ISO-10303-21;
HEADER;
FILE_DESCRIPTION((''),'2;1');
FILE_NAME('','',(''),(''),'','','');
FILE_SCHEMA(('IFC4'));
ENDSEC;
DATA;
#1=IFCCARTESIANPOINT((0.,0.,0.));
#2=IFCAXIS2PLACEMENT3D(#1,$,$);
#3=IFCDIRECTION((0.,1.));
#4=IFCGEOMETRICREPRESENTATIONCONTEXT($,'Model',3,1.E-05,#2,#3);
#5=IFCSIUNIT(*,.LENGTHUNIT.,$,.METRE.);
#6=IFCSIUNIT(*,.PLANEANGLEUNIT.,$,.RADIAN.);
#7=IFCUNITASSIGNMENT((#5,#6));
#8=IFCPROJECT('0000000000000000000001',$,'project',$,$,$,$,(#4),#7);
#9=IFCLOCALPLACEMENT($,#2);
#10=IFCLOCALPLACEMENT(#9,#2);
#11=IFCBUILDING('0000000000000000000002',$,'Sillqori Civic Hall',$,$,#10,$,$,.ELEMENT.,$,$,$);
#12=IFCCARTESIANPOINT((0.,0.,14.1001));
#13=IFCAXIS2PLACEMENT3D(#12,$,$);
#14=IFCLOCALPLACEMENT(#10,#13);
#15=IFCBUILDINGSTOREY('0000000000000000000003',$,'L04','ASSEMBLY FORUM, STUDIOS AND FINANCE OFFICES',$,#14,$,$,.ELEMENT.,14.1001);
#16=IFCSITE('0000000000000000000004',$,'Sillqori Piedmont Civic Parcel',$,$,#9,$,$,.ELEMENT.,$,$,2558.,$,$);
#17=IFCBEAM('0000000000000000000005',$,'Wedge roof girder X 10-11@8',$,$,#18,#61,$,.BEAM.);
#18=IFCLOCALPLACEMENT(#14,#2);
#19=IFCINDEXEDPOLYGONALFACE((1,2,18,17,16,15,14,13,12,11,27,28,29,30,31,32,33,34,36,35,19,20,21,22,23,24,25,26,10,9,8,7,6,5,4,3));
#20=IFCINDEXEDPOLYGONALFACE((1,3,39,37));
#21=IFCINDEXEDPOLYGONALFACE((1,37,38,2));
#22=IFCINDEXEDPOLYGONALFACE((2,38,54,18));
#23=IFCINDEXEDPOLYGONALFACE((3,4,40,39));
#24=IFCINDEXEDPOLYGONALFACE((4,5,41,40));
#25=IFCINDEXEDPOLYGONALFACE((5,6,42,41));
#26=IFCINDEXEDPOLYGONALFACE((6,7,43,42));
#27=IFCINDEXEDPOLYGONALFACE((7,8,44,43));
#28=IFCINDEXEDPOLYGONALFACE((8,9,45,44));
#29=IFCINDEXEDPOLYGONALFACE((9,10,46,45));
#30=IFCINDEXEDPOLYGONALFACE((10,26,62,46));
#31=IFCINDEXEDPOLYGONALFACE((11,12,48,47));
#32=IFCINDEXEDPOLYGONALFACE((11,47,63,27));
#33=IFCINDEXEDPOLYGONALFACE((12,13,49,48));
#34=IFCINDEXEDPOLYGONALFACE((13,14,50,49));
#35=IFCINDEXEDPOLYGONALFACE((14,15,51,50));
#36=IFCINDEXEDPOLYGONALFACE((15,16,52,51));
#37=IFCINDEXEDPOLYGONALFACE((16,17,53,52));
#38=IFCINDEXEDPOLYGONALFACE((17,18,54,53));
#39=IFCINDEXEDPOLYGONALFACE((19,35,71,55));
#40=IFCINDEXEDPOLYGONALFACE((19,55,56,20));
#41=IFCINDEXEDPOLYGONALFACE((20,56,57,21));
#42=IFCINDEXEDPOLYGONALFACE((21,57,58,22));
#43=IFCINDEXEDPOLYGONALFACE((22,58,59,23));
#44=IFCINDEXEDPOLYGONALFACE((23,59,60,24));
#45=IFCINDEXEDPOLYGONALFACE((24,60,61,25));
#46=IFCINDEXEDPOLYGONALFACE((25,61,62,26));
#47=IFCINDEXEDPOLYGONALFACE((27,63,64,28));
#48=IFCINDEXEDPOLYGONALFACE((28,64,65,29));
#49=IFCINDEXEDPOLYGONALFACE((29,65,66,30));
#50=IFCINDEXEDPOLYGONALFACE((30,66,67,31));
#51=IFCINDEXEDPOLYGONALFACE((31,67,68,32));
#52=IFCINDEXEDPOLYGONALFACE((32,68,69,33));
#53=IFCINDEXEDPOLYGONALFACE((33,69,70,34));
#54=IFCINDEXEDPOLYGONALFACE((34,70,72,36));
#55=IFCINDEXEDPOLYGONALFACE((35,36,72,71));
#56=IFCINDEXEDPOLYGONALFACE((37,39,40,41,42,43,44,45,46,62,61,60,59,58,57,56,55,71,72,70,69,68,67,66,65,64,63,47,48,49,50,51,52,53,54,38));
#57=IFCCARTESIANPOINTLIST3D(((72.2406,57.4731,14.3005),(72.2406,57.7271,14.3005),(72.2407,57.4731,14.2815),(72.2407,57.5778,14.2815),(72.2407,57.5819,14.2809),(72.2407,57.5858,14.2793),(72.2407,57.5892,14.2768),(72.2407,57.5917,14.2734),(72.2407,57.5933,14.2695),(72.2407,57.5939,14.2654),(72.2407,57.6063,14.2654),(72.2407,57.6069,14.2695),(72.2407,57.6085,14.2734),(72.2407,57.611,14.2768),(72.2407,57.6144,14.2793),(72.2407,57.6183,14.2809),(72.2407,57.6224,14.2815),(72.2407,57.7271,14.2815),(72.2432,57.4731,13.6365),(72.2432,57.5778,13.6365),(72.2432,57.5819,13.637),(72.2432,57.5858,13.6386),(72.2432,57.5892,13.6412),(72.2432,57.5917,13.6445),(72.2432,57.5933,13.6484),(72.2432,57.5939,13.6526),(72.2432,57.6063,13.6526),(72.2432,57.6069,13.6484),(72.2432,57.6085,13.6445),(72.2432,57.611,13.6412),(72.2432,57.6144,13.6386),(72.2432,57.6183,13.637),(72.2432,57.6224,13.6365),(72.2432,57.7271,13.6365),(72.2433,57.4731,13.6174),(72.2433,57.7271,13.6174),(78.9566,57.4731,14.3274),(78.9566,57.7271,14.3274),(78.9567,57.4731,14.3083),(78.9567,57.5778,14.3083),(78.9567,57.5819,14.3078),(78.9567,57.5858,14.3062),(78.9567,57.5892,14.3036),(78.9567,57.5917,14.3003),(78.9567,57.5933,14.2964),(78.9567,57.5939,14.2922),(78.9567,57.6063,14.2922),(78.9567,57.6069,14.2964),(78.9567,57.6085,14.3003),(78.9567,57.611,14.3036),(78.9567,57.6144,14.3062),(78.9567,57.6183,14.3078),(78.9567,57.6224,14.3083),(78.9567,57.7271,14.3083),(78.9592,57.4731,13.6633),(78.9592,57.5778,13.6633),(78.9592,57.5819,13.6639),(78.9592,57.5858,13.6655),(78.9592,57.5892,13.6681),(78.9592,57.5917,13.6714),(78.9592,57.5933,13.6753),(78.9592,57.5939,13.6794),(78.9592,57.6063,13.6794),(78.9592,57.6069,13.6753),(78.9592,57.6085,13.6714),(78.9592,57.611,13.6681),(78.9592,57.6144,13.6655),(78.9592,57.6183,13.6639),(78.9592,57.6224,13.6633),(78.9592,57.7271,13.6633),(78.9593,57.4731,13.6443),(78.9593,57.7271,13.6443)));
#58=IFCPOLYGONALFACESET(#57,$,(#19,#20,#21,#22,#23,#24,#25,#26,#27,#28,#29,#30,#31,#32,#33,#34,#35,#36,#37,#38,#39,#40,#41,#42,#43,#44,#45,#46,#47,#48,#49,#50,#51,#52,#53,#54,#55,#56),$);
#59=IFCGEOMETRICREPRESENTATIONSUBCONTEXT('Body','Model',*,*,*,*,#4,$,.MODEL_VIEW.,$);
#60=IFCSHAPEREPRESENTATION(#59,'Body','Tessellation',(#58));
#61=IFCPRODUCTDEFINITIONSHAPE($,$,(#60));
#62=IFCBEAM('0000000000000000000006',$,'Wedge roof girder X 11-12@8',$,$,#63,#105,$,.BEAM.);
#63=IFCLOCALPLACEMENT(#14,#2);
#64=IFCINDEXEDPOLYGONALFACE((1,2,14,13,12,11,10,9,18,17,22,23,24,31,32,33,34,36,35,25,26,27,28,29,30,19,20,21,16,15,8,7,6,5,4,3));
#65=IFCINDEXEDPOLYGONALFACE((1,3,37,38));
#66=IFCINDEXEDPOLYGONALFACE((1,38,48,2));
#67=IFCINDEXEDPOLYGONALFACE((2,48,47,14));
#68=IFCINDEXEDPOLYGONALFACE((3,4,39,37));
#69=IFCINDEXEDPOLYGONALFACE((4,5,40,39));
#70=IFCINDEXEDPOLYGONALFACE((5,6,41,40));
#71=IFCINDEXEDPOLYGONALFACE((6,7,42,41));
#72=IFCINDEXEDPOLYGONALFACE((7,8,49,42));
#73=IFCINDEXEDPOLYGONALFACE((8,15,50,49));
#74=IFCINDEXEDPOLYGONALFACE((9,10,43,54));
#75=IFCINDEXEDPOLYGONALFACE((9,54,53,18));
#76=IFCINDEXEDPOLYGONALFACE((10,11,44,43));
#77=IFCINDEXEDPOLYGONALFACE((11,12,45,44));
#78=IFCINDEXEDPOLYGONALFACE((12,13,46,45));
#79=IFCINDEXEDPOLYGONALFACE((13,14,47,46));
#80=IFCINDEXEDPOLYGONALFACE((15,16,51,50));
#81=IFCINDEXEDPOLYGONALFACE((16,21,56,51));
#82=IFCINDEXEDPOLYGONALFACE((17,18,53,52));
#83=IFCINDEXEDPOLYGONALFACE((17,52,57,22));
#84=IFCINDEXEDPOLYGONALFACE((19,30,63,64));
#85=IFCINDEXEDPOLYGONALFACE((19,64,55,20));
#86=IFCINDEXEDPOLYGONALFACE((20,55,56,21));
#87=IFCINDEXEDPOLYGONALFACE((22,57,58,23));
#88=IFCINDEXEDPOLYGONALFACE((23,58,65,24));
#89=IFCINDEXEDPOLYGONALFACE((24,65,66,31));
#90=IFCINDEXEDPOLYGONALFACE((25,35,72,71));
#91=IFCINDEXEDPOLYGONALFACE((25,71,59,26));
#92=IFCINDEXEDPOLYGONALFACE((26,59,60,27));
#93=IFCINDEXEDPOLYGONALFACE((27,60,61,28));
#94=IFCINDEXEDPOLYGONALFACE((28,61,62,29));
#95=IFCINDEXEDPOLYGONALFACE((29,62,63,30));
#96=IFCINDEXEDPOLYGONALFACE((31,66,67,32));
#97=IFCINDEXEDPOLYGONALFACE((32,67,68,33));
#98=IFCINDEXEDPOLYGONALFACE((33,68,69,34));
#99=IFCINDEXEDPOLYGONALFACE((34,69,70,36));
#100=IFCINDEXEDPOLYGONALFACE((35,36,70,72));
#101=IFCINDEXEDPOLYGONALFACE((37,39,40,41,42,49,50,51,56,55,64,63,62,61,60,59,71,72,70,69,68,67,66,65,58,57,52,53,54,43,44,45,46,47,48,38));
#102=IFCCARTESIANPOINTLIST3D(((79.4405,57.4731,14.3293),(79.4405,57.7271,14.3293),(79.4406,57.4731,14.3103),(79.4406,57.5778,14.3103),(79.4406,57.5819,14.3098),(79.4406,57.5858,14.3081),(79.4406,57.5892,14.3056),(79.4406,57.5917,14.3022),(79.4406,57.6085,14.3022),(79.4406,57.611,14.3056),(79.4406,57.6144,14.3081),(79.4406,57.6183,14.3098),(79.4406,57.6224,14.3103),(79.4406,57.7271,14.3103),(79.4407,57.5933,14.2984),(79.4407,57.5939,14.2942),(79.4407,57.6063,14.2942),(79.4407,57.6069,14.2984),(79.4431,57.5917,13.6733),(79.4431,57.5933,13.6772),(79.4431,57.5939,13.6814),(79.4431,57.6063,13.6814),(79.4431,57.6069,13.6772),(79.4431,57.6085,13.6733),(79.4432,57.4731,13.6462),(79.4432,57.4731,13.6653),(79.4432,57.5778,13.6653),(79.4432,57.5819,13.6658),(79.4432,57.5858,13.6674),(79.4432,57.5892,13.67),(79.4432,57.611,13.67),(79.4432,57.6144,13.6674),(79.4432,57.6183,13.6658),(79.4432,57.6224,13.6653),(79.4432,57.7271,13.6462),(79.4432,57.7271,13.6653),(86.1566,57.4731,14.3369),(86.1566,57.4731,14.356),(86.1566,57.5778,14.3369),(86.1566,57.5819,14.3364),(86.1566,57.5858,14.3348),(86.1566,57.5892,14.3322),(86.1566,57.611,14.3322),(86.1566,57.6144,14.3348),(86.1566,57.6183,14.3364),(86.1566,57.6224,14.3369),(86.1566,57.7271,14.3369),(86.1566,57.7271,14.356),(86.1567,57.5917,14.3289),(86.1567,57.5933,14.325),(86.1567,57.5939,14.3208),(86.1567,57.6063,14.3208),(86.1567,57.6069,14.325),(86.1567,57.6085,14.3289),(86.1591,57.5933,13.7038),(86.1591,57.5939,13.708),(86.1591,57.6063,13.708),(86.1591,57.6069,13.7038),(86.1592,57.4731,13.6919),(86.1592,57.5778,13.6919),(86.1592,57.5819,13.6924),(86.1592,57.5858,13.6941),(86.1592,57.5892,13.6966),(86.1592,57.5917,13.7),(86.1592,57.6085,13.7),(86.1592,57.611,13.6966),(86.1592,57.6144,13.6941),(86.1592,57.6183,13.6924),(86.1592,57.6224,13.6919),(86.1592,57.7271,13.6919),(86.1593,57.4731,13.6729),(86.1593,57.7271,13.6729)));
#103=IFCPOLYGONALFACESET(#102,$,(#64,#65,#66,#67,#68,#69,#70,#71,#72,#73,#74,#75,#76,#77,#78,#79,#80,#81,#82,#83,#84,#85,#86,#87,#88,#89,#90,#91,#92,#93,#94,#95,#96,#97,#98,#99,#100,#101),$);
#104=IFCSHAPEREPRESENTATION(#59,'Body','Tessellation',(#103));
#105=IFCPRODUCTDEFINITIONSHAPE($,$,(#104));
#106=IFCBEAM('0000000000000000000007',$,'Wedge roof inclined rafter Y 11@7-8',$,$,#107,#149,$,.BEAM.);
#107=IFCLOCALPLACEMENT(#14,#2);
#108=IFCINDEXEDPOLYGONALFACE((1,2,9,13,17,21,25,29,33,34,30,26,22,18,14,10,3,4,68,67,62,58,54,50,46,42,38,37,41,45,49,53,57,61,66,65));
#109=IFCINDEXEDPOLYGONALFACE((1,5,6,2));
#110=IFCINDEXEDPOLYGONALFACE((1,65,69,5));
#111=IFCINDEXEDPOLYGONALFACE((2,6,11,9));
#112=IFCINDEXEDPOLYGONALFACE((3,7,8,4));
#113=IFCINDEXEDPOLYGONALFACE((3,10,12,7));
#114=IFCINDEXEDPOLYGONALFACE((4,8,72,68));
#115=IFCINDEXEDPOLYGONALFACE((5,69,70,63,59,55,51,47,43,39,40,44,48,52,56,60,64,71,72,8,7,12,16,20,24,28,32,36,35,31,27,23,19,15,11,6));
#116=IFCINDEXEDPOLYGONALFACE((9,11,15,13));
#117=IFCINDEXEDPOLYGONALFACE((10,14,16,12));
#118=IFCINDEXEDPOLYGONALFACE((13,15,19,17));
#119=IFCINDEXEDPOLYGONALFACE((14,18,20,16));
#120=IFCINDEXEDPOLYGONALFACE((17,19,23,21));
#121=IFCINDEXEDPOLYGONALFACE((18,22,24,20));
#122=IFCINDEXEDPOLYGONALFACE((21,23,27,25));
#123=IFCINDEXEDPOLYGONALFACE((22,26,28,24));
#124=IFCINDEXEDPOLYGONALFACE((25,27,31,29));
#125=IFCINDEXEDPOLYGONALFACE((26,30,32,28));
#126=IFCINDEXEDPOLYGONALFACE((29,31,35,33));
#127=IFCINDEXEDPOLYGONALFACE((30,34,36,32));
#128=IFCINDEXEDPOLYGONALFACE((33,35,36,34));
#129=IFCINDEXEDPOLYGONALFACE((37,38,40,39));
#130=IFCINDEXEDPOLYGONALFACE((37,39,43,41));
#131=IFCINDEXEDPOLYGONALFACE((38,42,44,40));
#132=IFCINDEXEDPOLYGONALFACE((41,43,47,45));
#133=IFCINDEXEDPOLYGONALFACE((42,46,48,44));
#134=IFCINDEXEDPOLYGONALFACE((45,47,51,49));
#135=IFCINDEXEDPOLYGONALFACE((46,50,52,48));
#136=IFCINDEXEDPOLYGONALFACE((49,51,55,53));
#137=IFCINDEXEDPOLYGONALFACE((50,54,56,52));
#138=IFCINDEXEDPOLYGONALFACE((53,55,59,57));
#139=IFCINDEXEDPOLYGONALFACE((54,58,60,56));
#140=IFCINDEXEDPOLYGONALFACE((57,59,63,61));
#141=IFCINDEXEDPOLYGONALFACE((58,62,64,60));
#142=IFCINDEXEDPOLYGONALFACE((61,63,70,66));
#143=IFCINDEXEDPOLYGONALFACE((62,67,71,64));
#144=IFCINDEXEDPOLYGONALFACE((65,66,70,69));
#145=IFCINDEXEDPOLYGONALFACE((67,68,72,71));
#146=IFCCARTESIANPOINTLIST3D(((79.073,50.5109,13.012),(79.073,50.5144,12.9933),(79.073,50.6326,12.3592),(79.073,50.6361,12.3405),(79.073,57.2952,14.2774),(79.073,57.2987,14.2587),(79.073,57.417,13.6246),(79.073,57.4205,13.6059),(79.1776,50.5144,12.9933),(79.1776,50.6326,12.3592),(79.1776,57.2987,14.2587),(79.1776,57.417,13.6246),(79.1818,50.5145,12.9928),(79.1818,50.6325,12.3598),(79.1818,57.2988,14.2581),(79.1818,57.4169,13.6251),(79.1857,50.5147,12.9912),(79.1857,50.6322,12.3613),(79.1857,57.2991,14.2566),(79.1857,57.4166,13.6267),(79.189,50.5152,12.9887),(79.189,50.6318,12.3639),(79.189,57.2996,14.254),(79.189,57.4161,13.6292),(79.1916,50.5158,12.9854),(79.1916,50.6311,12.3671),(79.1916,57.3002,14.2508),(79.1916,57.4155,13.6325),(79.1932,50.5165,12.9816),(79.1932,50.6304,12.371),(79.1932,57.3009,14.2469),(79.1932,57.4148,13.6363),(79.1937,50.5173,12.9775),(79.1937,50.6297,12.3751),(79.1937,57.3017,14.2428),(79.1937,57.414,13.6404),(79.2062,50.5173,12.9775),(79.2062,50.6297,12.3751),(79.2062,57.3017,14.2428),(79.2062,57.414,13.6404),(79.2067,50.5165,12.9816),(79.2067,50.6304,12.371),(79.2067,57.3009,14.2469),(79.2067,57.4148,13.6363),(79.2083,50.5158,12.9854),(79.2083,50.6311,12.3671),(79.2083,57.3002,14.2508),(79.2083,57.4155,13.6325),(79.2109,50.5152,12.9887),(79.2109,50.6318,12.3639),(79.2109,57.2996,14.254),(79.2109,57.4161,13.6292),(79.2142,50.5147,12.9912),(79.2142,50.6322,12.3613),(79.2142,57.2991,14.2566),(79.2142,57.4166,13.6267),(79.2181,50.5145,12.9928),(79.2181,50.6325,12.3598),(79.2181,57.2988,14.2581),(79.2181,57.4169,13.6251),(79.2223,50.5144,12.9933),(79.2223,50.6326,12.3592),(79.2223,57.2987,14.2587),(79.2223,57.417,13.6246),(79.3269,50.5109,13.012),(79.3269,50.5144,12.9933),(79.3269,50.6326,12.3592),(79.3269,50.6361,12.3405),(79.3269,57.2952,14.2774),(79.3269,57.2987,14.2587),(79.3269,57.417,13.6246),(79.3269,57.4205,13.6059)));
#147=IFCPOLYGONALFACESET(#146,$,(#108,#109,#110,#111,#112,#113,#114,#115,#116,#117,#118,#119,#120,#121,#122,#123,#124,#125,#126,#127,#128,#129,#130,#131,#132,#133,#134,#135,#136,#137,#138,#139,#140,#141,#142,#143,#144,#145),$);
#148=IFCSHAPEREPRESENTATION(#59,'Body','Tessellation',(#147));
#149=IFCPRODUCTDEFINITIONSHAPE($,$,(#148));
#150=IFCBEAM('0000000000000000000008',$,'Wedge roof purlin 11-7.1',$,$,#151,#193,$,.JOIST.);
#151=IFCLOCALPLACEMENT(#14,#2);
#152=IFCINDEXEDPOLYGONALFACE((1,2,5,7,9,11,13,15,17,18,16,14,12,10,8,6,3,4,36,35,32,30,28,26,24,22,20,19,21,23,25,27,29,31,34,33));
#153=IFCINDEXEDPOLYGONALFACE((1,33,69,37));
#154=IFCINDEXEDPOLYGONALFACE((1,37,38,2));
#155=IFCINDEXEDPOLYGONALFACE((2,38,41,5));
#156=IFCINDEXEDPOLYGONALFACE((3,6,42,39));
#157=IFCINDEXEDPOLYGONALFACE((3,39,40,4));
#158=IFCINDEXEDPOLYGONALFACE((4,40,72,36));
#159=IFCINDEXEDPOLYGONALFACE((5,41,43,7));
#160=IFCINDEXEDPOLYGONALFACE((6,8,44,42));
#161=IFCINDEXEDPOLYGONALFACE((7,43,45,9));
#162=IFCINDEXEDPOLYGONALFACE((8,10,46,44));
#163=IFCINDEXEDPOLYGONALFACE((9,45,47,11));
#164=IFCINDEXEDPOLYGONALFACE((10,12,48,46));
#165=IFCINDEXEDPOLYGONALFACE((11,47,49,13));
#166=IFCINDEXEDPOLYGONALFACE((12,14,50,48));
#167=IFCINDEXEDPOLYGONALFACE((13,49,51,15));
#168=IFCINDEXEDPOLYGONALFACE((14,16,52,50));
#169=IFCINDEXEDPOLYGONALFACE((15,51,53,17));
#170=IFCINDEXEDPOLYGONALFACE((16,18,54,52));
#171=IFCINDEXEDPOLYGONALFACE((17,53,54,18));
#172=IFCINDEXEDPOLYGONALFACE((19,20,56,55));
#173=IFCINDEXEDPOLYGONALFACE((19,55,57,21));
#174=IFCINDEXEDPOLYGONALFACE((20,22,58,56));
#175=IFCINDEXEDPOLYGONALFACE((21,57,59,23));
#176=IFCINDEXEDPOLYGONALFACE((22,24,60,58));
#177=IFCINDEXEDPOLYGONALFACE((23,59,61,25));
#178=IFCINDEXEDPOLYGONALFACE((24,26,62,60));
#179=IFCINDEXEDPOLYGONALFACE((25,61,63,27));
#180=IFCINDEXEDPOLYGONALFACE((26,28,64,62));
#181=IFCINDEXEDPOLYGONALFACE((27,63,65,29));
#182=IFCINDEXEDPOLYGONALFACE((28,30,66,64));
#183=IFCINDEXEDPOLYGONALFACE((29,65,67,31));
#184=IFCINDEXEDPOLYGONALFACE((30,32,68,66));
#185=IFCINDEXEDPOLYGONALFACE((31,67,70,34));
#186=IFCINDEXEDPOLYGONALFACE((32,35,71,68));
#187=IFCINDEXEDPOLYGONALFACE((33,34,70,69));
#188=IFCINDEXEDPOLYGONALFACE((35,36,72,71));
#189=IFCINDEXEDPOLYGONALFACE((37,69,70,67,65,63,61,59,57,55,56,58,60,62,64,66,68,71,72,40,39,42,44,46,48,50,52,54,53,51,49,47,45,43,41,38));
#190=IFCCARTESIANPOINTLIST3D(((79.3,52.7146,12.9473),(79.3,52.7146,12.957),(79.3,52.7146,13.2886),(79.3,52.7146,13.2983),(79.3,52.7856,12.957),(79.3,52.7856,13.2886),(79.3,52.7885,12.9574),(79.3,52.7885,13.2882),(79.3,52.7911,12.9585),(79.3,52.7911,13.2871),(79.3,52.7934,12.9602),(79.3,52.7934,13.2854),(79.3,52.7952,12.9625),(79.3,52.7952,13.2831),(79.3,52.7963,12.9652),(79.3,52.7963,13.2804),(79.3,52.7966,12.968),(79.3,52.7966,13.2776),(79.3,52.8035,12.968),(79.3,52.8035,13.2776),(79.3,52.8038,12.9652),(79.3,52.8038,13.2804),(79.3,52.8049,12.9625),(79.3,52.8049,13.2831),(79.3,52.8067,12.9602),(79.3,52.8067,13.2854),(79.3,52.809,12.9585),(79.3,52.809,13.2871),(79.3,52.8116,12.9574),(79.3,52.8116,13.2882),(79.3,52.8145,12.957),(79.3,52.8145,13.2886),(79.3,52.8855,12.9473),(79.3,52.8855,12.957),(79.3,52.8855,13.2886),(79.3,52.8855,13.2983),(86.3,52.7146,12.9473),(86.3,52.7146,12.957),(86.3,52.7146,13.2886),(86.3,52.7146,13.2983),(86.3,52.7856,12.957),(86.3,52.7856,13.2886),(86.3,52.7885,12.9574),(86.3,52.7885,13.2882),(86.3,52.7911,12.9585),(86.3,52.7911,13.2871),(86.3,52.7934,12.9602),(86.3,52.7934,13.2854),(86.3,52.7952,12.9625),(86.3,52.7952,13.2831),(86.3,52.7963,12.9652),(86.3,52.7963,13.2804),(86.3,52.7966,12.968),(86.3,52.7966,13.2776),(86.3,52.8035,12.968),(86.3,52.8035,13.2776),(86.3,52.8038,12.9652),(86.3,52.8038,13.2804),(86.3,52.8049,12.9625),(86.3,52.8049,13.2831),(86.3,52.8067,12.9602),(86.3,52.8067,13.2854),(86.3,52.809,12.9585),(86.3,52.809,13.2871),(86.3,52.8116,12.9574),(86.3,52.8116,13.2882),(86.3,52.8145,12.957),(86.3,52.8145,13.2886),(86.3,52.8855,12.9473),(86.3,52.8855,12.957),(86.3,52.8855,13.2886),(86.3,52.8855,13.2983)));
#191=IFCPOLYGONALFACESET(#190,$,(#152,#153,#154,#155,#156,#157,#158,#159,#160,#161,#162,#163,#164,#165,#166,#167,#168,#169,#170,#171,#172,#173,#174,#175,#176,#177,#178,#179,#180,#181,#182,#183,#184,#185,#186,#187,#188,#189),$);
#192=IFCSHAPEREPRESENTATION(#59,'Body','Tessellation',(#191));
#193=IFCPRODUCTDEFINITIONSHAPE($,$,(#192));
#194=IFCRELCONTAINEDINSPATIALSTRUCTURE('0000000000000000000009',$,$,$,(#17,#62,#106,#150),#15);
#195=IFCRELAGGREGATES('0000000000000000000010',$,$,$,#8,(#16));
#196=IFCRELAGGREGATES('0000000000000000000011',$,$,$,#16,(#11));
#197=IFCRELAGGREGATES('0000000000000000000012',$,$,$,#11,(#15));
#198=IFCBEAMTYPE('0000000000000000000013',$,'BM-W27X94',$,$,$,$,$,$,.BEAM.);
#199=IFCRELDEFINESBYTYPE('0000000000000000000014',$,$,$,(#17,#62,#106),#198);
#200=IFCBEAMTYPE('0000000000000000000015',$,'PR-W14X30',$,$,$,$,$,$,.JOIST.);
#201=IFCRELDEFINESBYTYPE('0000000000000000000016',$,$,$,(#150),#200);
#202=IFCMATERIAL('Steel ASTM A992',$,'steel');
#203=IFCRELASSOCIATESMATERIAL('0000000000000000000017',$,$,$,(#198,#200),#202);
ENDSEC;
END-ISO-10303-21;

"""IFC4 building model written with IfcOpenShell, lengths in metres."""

from ifc_helpers import new_model, si_unit, direction, frame, origin, origin_2d, place, context, subcontext, project, spatial, i_section, extrude, material, material_profile, profile_set, type_object, element, save


model = new_model("IFC4")

# Units and contexts
model_context = context("Model", 3, precision=1e-05, world=origin(), true_north=direction((0.0, 1.0)))
body_context = subcontext(model_context, "Body", "Model", "MODEL_VIEW")
ifc_project = project(units=[si_unit("LENGTHUNIT", "METRE"), si_unit("PLANEANGLEUNIT", "RADIAN")], contexts=[model_context])

# Site, building, storey
site_placement = place(None, origin())
site = spatial("IfcSite", under=ifc_project, at=site_placement, Name="Sillqori Piedmont Civic Parcel", CompositionType="ELEMENT", RefElevation=2558.0)
building_placement = place(site_placement, origin())
building = spatial("IfcBuilding", under=site, at=building_placement, Name="Sillqori Civic Hall", CompositionType="ELEMENT")
storey_placement = place(building_placement, frame((0.0, 0.0, 14.1001)))
storey = spatial("IfcBuildingStorey", under=building, at=storey_placement, Name="L04", Description="ASSEMBLY FORUM, STUDIOS AND FINANCE OFFICES", CompositionType="ELEMENT", Elevation=14.1001)

# Shared definitions
ifc_material_1 = material(Name="Steel ASTM A992", Category="steel")

# Beams
ifc_material_profile_1 = material_profile(ifc_material_1, i_section(OverallWidth=0.2539, OverallDepth=0.6831, WebThickness=0.0125, FlangeThickness=0.019, FilletRadius=0.0161, at=origin_2d()), Name="W27X94")
ifc_profile_set_1 = profile_set([ifc_material_profile_1], Name="Steel ASTM A992")
beam_type_1 = type_object("IfcBeamType", Name="BM-W27X94", PredefinedType="BEAM", material=ifc_profile_set_1)
for number, where, z_axis, x_axis, name in (
    (1, (72.2419, 57.6001, 13.959), (0.999992, 0.0, 0.003999), (0.0, 1.0, 0.0), "Wedge roof girder X 10-11@8"),
    (2, (79.4419, 57.6001, 13.9878), (0.999992, 0.0, 0.003962), (0.0, 1.0, 0.0), "Wedge roof girder X 11-12@8"),
):
    element("IfcBeam", number, at=place(storey_placement, frame(where, z_axis=z_axis, x_axis=x_axis)), inside=storey, type_object=beam_type_1, Name=name, PredefinedType="BEAM", context=body_context, shape_type="SweptSolid", body=[
        extrude(i_section(OverallWidth=0.2539, OverallDepth=0.6831, WebThickness=0.0125, FlangeThickness=0.019, FilletRadius=0.0161, at=origin_2d()), origin(), (0.0, 0.0, 1.0), 6.7161),
    ])
beam_placement = place(storey_placement, frame((79.2, 50.5735, 12.6763), z_axis=(0.0, 0.983048, 0.183351), x_axis=(-1.0, 0.0, 0.0)))
element("IfcBeam", 3, at=beam_placement, inside=storey, type_object=beam_type_1, Name="Wedge roof inclined rafter Y 11@7-8", PredefinedType="BEAM", context=body_context, shape_type="SweptSolid", body=[
    extrude(i_section(OverallWidth=0.2539, OverallDepth=0.6831, WebThickness=0.0125, FlangeThickness=0.019, FilletRadius=0.0161, at=origin_2d()), origin(), (0.0, 0.0, 1.0), 6.9014),
])
ifc_material_profile_2 = material_profile(ifc_material_1, i_section(OverallWidth=0.1709, OverallDepth=0.3511, WebThickness=0.0068, FlangeThickness=0.0098, FilletRadius=0.011, at=origin_2d()), Name="W14X30")
ifc_profile_set_2 = profile_set([ifc_material_profile_2], Name="Steel ASTM A992")
beam_type_2 = type_object("IfcBeamType", Name="PR-W14X30", PredefinedType="JOIST", material=ifc_profile_set_2)
for number, where, z_axis, x_axis, name in (
    (4, (79.3, 52.8, 13.1228), (1.0, 0.0, 0.0), (0.0, 1.0, 0.0), "Wedge roof purlin 11-7.1"),
):
    element("IfcBeam", number, at=place(storey_placement, frame(where, z_axis=z_axis, x_axis=x_axis)), inside=storey, type_object=beam_type_2, Name=name, PredefinedType="JOIST", context=body_context, shape_type="SweptSolid", body=[
        extrude(i_section(OverallWidth=0.1709, OverallDepth=0.3511, WebThickness=0.0068, FlangeThickness=0.0098, FilletRadius=0.011, at=origin_2d()), origin(), (0.0, 0.0, 1.0), 7.0),
    ])

save(model, "model.ifc")
